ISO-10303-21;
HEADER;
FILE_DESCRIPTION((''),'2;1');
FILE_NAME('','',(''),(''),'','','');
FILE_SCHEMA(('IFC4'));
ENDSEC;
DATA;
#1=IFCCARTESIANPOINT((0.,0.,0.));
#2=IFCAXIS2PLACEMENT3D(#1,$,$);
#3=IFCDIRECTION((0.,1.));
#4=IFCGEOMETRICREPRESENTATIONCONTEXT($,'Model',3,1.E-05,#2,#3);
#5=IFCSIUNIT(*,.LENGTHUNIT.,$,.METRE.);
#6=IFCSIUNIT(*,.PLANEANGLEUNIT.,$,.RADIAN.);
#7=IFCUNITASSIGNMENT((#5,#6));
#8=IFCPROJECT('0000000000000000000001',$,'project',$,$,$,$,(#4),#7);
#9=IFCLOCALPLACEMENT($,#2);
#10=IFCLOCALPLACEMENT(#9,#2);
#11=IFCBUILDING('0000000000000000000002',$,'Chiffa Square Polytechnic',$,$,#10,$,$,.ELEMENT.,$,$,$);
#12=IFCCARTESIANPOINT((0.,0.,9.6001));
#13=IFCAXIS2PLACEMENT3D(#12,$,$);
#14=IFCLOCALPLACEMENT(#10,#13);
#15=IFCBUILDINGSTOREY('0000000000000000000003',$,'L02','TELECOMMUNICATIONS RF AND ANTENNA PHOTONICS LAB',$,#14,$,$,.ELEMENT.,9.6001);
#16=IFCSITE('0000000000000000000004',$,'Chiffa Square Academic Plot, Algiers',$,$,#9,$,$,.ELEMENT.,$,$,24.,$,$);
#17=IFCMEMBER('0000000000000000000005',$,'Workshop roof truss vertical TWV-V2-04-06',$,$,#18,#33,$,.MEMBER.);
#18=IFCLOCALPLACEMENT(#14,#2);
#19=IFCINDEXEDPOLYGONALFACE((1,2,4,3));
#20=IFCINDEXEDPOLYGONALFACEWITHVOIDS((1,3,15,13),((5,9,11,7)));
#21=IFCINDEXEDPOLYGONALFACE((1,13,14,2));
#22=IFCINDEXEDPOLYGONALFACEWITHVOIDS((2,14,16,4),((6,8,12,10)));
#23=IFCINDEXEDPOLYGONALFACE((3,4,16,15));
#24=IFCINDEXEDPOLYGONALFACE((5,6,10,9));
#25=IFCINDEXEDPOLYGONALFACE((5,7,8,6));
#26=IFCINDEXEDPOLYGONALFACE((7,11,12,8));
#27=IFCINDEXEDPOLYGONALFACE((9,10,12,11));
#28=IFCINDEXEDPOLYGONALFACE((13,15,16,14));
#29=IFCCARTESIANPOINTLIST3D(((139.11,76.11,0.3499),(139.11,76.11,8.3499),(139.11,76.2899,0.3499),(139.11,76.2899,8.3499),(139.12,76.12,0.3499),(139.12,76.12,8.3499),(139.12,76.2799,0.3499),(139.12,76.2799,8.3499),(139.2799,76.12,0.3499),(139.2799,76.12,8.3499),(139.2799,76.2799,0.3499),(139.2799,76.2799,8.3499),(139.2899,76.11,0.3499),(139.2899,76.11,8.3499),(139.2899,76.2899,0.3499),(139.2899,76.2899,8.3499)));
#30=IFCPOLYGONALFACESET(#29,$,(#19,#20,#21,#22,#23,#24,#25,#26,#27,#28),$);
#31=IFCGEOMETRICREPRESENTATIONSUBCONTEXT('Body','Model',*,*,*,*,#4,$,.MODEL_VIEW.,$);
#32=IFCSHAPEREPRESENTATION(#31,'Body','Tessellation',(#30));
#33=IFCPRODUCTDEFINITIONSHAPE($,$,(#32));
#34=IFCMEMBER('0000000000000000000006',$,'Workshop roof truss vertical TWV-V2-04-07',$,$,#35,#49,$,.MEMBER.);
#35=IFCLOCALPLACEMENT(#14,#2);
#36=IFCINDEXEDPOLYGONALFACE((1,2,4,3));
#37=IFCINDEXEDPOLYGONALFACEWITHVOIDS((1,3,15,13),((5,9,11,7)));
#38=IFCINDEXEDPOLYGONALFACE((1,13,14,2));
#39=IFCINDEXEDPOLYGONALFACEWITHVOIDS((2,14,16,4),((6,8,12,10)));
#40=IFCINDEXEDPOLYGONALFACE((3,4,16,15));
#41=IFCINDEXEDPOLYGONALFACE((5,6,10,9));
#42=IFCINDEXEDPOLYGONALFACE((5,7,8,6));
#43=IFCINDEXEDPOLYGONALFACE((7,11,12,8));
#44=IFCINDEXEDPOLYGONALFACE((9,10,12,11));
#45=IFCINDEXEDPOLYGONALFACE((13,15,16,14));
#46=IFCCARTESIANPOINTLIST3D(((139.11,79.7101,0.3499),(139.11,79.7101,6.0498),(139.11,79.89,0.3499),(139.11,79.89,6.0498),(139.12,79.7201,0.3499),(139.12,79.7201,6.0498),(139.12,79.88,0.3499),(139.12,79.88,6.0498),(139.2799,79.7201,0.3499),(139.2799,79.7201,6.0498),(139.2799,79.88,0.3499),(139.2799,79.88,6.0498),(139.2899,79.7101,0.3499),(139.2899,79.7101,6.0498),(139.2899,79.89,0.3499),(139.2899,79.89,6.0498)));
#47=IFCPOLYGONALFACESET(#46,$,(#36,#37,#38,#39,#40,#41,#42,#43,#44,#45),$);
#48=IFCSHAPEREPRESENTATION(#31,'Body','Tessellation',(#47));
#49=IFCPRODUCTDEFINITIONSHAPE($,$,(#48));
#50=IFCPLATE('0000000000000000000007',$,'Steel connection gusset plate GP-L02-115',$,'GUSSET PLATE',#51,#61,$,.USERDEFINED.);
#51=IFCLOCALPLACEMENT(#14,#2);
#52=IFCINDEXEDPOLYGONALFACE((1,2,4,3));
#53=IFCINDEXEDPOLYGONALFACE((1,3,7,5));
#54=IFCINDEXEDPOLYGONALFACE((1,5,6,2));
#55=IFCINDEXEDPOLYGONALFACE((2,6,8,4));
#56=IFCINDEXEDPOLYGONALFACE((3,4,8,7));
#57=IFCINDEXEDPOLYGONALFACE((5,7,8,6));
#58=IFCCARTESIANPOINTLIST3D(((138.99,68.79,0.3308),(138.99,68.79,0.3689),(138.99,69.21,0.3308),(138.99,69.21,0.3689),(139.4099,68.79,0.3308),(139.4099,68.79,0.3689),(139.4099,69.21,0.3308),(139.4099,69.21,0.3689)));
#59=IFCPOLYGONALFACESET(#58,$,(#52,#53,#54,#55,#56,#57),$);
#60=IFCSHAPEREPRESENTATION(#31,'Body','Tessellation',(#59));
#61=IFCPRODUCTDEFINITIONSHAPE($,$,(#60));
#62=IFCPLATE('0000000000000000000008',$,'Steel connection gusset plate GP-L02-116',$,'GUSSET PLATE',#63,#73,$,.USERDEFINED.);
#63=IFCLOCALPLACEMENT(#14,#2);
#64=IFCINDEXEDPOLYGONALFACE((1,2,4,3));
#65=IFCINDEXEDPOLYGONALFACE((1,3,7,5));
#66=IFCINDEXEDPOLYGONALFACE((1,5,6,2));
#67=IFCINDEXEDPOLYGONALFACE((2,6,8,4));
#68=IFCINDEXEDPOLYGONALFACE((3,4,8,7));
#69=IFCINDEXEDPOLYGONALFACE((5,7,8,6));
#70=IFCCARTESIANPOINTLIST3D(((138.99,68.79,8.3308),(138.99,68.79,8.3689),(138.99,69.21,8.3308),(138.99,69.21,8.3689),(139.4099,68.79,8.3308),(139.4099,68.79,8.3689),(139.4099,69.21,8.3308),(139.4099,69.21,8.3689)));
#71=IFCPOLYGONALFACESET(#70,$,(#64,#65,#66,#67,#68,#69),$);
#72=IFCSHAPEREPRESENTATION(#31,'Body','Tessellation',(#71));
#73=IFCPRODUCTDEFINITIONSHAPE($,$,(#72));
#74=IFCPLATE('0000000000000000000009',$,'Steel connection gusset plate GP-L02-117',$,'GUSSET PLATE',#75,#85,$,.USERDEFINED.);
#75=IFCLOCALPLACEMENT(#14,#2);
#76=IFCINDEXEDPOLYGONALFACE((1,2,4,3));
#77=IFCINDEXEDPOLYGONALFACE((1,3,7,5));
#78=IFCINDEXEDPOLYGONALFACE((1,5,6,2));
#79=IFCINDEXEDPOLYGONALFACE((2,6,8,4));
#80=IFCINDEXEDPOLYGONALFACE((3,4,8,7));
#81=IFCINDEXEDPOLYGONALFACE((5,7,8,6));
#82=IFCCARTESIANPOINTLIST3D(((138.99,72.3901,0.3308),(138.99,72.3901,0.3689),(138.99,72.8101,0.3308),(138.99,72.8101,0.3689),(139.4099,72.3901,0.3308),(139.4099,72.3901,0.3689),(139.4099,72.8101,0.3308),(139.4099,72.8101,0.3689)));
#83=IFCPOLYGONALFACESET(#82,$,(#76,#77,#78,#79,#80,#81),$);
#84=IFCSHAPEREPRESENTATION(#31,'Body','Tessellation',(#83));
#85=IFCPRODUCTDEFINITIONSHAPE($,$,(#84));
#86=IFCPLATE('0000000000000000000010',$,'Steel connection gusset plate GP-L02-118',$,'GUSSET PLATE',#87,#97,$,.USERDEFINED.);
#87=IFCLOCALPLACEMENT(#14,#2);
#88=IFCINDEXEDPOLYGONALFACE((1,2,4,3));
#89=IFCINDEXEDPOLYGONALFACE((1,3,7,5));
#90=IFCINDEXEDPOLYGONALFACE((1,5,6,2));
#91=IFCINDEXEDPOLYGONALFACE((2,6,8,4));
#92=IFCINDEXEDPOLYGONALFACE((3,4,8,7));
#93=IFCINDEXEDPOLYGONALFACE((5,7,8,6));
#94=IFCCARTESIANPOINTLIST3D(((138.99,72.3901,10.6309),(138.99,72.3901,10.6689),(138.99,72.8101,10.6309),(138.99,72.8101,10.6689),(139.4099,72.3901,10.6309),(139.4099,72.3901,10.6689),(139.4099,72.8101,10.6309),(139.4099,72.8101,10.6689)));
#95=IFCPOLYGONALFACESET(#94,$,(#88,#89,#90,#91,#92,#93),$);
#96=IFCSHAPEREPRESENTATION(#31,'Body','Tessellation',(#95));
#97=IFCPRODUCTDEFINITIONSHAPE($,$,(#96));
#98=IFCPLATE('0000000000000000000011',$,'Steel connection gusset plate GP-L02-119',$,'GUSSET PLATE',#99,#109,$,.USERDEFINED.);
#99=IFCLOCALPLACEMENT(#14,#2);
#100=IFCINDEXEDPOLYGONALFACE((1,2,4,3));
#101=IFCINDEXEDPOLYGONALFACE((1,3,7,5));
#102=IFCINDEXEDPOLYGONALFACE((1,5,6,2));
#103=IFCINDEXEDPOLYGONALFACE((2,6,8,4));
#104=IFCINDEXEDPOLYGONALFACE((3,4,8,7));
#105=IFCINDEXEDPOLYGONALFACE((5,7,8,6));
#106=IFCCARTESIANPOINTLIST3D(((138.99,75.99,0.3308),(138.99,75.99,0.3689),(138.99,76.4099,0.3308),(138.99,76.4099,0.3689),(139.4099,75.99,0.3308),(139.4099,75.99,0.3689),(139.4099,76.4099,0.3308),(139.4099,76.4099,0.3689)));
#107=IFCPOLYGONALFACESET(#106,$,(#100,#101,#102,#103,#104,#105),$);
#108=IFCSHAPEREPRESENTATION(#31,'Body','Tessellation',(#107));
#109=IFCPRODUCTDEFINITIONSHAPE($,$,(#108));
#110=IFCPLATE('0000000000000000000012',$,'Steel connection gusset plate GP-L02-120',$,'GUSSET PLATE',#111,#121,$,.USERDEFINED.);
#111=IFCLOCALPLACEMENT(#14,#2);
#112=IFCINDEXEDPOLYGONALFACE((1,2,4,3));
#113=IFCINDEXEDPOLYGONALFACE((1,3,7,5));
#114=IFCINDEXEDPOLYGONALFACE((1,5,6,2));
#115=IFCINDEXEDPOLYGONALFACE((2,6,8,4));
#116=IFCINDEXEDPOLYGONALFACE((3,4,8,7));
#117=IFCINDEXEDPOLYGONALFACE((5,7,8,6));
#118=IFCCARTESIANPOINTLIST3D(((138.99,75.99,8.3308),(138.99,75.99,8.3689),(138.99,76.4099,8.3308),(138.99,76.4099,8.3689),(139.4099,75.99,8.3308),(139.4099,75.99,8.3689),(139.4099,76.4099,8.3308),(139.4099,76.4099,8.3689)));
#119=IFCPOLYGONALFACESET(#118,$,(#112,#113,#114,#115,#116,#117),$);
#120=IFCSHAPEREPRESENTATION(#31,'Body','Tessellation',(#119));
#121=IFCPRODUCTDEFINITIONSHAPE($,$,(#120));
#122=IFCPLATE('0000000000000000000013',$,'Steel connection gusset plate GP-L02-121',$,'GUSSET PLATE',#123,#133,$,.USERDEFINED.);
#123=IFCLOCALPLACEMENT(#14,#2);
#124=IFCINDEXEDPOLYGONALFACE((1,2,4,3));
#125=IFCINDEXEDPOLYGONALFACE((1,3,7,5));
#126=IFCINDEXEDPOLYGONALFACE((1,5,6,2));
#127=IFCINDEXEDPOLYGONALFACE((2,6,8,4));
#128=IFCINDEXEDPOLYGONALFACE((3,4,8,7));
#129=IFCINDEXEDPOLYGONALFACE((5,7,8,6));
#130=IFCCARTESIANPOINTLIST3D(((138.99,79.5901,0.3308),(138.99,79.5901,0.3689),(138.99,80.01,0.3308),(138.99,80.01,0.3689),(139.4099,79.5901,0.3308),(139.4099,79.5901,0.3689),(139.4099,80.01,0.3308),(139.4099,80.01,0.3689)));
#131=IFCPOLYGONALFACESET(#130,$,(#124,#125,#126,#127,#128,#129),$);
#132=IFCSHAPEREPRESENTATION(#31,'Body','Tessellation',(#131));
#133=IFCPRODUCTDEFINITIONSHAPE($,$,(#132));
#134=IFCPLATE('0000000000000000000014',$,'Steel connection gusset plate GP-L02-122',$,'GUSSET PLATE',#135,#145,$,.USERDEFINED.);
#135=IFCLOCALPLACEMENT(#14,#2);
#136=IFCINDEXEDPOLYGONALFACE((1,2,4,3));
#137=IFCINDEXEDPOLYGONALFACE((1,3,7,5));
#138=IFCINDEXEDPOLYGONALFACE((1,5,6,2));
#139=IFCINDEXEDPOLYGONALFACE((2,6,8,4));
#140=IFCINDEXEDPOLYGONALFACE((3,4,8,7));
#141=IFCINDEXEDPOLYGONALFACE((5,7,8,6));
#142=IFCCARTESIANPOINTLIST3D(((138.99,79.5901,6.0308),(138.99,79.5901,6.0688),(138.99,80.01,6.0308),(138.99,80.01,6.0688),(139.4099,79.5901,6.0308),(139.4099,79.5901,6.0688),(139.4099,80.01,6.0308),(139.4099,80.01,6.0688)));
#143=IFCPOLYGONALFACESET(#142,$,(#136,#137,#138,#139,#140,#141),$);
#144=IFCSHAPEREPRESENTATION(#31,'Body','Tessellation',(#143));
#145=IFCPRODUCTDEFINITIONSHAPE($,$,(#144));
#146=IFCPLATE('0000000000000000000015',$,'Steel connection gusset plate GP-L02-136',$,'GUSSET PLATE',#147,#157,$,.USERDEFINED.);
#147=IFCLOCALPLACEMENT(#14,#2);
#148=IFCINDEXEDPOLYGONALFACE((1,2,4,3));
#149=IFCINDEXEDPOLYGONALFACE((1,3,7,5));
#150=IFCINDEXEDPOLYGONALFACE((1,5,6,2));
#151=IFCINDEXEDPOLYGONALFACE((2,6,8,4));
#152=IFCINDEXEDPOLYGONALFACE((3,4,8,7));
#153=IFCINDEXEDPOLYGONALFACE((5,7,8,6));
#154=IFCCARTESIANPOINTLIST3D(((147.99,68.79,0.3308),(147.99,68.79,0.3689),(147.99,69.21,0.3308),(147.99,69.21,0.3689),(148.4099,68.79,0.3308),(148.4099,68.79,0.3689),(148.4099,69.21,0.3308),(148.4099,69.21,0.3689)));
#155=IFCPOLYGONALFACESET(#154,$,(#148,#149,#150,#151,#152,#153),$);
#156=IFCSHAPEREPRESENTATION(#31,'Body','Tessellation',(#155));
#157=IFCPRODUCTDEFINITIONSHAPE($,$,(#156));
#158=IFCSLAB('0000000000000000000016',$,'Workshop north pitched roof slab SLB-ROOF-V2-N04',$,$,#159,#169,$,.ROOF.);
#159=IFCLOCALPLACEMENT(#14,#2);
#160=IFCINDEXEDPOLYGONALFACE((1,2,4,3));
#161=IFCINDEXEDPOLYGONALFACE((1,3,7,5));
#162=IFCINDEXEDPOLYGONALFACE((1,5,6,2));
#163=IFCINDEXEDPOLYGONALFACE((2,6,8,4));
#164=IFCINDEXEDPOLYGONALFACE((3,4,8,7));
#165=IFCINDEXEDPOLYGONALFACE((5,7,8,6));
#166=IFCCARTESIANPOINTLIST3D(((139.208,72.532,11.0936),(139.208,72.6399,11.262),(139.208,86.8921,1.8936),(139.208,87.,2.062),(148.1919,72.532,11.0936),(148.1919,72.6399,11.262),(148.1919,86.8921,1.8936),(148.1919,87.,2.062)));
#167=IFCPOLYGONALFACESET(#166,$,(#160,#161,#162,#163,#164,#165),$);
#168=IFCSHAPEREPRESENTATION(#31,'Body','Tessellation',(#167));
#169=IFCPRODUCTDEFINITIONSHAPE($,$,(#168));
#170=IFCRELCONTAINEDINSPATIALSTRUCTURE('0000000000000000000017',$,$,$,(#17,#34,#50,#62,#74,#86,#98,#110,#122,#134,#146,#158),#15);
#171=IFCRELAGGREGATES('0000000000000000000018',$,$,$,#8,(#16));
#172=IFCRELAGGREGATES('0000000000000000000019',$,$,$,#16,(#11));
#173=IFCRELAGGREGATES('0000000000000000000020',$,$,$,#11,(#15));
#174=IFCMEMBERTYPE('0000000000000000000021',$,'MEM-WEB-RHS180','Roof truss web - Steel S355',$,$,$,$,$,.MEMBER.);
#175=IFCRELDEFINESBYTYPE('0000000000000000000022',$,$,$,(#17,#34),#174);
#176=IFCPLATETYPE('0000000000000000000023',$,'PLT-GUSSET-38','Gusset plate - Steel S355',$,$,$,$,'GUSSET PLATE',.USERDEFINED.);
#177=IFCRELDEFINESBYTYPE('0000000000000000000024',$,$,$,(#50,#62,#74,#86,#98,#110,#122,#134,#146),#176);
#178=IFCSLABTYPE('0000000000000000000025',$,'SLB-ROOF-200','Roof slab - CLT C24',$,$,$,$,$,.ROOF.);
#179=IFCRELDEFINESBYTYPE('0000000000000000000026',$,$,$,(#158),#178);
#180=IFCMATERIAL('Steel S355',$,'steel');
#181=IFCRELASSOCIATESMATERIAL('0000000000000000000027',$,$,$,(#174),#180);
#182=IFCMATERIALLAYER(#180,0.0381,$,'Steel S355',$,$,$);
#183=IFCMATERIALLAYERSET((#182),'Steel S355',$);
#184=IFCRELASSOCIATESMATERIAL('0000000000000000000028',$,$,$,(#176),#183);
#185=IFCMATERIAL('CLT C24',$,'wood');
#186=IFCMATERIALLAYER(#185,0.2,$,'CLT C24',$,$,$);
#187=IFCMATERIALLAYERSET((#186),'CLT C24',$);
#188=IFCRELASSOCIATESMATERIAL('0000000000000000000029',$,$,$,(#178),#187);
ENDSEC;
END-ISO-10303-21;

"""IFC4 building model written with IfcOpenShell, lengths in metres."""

from ifc_helpers import new_model, si_unit, direction, frame, origin, origin_2d, place, context, subcontext, project, spatial, polyline, rectangle, hollow_rectangle, outline, extrude, material, layer, layer_set, material_profile, profile_set, type_object, element, save


model = new_model("IFC4")

# Units and contexts
model_context = context("Model", 3, precision=1e-05, world=origin(), true_north=direction((0.0, 1.0)))
body_context = subcontext(model_context, "Body", "Model", "MODEL_VIEW")
ifc_project = project(units=[si_unit("LENGTHUNIT", "METRE"), si_unit("PLANEANGLEUNIT", "RADIAN")], contexts=[model_context])

# Site, building, storey
site_placement = place(None, origin())
site = spatial("IfcSite", under=ifc_project, at=site_placement, Name="Chiffa Square Academic Plot, Algiers", CompositionType="ELEMENT", RefElevation=24.0)
building_placement = place(site_placement, origin())
building = spatial("IfcBuilding", under=site, at=building_placement, Name="Chiffa Square Polytechnic", CompositionType="ELEMENT")
storey_placement = place(building_placement, frame((0.0, 0.0, 9.6001)))
storey = spatial("IfcBuildingStorey", under=building, at=storey_placement, Name="L02", Description="TELECOMMUNICATIONS RF AND ANTENNA PHOTONICS LAB", CompositionType="ELEMENT", Elevation=9.6001)

# Members
ifc_material_1 = material(Name="Steel S355", Category="steel")
ifc_material_profile_1 = material_profile(ifc_material_1, hollow_rectangle(XDim=0.1799, YDim=0.1799, WallThickness=0.01, at=origin_2d()), Name="RHS 180x180x10")
ifc_profile_set_1 = profile_set([ifc_material_profile_1], Name="Steel S355")
member_type_1 = type_object("IfcMemberType", Name="MEM-WEB-RHS180", Description="Roof truss web - Steel S355", PredefinedType="MEMBER", material=ifc_profile_set_1)
member_1_placement = place(storey_placement, frame((139.2, 76.2, 0.3499), z_axis=(0.0, 0.0, 1.0), x_axis=(1.0, 0.0, 0.0)))
element("IfcMember", 1, at=member_1_placement, inside=storey, type_object=member_type_1, Name="Workshop roof truss vertical TWV-V2-04-06", PredefinedType="MEMBER", context=body_context, shape_type="SweptSolid", body=[
    extrude(hollow_rectangle(XDim=0.1799, YDim=0.1799, WallThickness=0.01, at=origin_2d()), origin(), (0.0, 0.0, 1.0), 8.0),
])
member_2_placement = place(storey_placement, frame((139.2, 79.8, 0.3499), z_axis=(0.0, 0.0, 1.0), x_axis=(1.0, 0.0, 0.0)))
element("IfcMember", 2, at=member_2_placement, inside=storey, type_object=member_type_1, Name="Workshop roof truss vertical TWV-V2-04-07", PredefinedType="MEMBER", context=body_context, shape_type="SweptSolid", body=[
    extrude(hollow_rectangle(XDim=0.1799, YDim=0.1799, WallThickness=0.01, at=origin_2d()), origin(), (0.0, 0.0, 1.0), 5.7),
])

# Plates
ifc_layer_1 = layer(ifc_material_1, 0.0381, Name="Steel S355")
ifc_layer_set_1 = layer_set([ifc_layer_1], Name="Steel S355")
plate_type = type_object("IfcPlateType", Name="PLT-GUSSET-38", Description="Gusset plate - Steel S355", ElementType="GUSSET PLATE", PredefinedType="USERDEFINED", material=ifc_layer_set_1)
for number, where, z_axis, x_axis, name in (
    (3, (139.2, 69.0, 0.3308), (0.0, 0.0, 1.0), (1.0, 0.0, 0.0), "Steel connection gusset plate GP-L02-115"),
    (4, (139.2, 69.0, 8.3308), (0.0, 0.0, 1.0), (1.0, 0.0, 0.0), "Steel connection gusset plate GP-L02-116"),
    (5, (139.2, 72.6001, 0.3308), (0.0, 0.0, 1.0), (1.0, 0.0, 0.0), "Steel connection gusset plate GP-L02-117"),
    (6, (139.2, 72.6001, 10.6309), (0.0, 0.0, 1.0), (1.0, 0.0, 0.0), "Steel connection gusset plate GP-L02-118"),
    (7, (139.2, 76.2, 0.3308), (0.0, 0.0, 1.0), (1.0, 0.0, 0.0), "Steel connection gusset plate GP-L02-119"),
    (8, (139.2, 76.2, 8.3308), (0.0, 0.0, 1.0), (1.0, 0.0, 0.0), "Steel connection gusset plate GP-L02-120"),
    (9, (139.2, 79.8, 0.3308), (0.0, 0.0, 1.0), (1.0, 0.0, 0.0), "Steel connection gusset plate GP-L02-121"),
    (10, (139.2, 79.8, 6.0308), (0.0, 0.0, 1.0), (1.0, 0.0, 0.0), "Steel connection gusset plate GP-L02-122"),
    (11, (148.2, 69.0, 0.3308), (0.0, 0.0, 1.0), (1.0, 0.0, 0.0), "Steel connection gusset plate GP-L02-136"),
):
    element("IfcPlate", number, at=place(storey_placement, frame(where, z_axis=z_axis, x_axis=x_axis)), inside=storey, type_object=plate_type, Name=name, ObjectType="GUSSET PLATE", PredefinedType="USERDEFINED", context=body_context, shape_type="SweptSolid", body=[
        extrude(rectangle(XDim=0.4199, YDim=0.4199, at=origin_2d()), origin(), (0.0, 0.0, 1.0), 0.0381),
    ])

# Slab
ifc_material_2 = material(Name="CLT C24", Category="wood")
ifc_layer_2 = layer(ifc_material_2, 0.2, Name="CLT C24")
ifc_layer_set_2 = layer_set([ifc_layer_2], Name="CLT C24")
slab_type = type_object("IfcSlabType", Name="SLB-ROOF-200", Description="Roof slab - CLT C24", PredefinedType="ROOF", material=ifc_layer_set_2)
slab_placement = place(storey_placement, frame((139.208, 72.6399, 11.262), z_axis=(0.0, 0.539448, 0.842019), x_axis=(1.0, 0.0, 0.0)))
element("IfcSlab", 12, at=slab_placement, inside=storey, type_object=slab_type, Name="Workshop north pitched roof slab SLB-ROOF-V2-N04", PredefinedType="ROOF", context=body_context, shape_type="SweptSolid", body=[
    extrude(outline(polyline([(0.0, 0.0), (8.9839, 0.0), (8.9839, 17.0544), (0.0, 17.0544), (0.0, 0.0)])), origin(), (0.0, 0.0, -1.0), 0.2),
])

save(model, "model.ifc")
